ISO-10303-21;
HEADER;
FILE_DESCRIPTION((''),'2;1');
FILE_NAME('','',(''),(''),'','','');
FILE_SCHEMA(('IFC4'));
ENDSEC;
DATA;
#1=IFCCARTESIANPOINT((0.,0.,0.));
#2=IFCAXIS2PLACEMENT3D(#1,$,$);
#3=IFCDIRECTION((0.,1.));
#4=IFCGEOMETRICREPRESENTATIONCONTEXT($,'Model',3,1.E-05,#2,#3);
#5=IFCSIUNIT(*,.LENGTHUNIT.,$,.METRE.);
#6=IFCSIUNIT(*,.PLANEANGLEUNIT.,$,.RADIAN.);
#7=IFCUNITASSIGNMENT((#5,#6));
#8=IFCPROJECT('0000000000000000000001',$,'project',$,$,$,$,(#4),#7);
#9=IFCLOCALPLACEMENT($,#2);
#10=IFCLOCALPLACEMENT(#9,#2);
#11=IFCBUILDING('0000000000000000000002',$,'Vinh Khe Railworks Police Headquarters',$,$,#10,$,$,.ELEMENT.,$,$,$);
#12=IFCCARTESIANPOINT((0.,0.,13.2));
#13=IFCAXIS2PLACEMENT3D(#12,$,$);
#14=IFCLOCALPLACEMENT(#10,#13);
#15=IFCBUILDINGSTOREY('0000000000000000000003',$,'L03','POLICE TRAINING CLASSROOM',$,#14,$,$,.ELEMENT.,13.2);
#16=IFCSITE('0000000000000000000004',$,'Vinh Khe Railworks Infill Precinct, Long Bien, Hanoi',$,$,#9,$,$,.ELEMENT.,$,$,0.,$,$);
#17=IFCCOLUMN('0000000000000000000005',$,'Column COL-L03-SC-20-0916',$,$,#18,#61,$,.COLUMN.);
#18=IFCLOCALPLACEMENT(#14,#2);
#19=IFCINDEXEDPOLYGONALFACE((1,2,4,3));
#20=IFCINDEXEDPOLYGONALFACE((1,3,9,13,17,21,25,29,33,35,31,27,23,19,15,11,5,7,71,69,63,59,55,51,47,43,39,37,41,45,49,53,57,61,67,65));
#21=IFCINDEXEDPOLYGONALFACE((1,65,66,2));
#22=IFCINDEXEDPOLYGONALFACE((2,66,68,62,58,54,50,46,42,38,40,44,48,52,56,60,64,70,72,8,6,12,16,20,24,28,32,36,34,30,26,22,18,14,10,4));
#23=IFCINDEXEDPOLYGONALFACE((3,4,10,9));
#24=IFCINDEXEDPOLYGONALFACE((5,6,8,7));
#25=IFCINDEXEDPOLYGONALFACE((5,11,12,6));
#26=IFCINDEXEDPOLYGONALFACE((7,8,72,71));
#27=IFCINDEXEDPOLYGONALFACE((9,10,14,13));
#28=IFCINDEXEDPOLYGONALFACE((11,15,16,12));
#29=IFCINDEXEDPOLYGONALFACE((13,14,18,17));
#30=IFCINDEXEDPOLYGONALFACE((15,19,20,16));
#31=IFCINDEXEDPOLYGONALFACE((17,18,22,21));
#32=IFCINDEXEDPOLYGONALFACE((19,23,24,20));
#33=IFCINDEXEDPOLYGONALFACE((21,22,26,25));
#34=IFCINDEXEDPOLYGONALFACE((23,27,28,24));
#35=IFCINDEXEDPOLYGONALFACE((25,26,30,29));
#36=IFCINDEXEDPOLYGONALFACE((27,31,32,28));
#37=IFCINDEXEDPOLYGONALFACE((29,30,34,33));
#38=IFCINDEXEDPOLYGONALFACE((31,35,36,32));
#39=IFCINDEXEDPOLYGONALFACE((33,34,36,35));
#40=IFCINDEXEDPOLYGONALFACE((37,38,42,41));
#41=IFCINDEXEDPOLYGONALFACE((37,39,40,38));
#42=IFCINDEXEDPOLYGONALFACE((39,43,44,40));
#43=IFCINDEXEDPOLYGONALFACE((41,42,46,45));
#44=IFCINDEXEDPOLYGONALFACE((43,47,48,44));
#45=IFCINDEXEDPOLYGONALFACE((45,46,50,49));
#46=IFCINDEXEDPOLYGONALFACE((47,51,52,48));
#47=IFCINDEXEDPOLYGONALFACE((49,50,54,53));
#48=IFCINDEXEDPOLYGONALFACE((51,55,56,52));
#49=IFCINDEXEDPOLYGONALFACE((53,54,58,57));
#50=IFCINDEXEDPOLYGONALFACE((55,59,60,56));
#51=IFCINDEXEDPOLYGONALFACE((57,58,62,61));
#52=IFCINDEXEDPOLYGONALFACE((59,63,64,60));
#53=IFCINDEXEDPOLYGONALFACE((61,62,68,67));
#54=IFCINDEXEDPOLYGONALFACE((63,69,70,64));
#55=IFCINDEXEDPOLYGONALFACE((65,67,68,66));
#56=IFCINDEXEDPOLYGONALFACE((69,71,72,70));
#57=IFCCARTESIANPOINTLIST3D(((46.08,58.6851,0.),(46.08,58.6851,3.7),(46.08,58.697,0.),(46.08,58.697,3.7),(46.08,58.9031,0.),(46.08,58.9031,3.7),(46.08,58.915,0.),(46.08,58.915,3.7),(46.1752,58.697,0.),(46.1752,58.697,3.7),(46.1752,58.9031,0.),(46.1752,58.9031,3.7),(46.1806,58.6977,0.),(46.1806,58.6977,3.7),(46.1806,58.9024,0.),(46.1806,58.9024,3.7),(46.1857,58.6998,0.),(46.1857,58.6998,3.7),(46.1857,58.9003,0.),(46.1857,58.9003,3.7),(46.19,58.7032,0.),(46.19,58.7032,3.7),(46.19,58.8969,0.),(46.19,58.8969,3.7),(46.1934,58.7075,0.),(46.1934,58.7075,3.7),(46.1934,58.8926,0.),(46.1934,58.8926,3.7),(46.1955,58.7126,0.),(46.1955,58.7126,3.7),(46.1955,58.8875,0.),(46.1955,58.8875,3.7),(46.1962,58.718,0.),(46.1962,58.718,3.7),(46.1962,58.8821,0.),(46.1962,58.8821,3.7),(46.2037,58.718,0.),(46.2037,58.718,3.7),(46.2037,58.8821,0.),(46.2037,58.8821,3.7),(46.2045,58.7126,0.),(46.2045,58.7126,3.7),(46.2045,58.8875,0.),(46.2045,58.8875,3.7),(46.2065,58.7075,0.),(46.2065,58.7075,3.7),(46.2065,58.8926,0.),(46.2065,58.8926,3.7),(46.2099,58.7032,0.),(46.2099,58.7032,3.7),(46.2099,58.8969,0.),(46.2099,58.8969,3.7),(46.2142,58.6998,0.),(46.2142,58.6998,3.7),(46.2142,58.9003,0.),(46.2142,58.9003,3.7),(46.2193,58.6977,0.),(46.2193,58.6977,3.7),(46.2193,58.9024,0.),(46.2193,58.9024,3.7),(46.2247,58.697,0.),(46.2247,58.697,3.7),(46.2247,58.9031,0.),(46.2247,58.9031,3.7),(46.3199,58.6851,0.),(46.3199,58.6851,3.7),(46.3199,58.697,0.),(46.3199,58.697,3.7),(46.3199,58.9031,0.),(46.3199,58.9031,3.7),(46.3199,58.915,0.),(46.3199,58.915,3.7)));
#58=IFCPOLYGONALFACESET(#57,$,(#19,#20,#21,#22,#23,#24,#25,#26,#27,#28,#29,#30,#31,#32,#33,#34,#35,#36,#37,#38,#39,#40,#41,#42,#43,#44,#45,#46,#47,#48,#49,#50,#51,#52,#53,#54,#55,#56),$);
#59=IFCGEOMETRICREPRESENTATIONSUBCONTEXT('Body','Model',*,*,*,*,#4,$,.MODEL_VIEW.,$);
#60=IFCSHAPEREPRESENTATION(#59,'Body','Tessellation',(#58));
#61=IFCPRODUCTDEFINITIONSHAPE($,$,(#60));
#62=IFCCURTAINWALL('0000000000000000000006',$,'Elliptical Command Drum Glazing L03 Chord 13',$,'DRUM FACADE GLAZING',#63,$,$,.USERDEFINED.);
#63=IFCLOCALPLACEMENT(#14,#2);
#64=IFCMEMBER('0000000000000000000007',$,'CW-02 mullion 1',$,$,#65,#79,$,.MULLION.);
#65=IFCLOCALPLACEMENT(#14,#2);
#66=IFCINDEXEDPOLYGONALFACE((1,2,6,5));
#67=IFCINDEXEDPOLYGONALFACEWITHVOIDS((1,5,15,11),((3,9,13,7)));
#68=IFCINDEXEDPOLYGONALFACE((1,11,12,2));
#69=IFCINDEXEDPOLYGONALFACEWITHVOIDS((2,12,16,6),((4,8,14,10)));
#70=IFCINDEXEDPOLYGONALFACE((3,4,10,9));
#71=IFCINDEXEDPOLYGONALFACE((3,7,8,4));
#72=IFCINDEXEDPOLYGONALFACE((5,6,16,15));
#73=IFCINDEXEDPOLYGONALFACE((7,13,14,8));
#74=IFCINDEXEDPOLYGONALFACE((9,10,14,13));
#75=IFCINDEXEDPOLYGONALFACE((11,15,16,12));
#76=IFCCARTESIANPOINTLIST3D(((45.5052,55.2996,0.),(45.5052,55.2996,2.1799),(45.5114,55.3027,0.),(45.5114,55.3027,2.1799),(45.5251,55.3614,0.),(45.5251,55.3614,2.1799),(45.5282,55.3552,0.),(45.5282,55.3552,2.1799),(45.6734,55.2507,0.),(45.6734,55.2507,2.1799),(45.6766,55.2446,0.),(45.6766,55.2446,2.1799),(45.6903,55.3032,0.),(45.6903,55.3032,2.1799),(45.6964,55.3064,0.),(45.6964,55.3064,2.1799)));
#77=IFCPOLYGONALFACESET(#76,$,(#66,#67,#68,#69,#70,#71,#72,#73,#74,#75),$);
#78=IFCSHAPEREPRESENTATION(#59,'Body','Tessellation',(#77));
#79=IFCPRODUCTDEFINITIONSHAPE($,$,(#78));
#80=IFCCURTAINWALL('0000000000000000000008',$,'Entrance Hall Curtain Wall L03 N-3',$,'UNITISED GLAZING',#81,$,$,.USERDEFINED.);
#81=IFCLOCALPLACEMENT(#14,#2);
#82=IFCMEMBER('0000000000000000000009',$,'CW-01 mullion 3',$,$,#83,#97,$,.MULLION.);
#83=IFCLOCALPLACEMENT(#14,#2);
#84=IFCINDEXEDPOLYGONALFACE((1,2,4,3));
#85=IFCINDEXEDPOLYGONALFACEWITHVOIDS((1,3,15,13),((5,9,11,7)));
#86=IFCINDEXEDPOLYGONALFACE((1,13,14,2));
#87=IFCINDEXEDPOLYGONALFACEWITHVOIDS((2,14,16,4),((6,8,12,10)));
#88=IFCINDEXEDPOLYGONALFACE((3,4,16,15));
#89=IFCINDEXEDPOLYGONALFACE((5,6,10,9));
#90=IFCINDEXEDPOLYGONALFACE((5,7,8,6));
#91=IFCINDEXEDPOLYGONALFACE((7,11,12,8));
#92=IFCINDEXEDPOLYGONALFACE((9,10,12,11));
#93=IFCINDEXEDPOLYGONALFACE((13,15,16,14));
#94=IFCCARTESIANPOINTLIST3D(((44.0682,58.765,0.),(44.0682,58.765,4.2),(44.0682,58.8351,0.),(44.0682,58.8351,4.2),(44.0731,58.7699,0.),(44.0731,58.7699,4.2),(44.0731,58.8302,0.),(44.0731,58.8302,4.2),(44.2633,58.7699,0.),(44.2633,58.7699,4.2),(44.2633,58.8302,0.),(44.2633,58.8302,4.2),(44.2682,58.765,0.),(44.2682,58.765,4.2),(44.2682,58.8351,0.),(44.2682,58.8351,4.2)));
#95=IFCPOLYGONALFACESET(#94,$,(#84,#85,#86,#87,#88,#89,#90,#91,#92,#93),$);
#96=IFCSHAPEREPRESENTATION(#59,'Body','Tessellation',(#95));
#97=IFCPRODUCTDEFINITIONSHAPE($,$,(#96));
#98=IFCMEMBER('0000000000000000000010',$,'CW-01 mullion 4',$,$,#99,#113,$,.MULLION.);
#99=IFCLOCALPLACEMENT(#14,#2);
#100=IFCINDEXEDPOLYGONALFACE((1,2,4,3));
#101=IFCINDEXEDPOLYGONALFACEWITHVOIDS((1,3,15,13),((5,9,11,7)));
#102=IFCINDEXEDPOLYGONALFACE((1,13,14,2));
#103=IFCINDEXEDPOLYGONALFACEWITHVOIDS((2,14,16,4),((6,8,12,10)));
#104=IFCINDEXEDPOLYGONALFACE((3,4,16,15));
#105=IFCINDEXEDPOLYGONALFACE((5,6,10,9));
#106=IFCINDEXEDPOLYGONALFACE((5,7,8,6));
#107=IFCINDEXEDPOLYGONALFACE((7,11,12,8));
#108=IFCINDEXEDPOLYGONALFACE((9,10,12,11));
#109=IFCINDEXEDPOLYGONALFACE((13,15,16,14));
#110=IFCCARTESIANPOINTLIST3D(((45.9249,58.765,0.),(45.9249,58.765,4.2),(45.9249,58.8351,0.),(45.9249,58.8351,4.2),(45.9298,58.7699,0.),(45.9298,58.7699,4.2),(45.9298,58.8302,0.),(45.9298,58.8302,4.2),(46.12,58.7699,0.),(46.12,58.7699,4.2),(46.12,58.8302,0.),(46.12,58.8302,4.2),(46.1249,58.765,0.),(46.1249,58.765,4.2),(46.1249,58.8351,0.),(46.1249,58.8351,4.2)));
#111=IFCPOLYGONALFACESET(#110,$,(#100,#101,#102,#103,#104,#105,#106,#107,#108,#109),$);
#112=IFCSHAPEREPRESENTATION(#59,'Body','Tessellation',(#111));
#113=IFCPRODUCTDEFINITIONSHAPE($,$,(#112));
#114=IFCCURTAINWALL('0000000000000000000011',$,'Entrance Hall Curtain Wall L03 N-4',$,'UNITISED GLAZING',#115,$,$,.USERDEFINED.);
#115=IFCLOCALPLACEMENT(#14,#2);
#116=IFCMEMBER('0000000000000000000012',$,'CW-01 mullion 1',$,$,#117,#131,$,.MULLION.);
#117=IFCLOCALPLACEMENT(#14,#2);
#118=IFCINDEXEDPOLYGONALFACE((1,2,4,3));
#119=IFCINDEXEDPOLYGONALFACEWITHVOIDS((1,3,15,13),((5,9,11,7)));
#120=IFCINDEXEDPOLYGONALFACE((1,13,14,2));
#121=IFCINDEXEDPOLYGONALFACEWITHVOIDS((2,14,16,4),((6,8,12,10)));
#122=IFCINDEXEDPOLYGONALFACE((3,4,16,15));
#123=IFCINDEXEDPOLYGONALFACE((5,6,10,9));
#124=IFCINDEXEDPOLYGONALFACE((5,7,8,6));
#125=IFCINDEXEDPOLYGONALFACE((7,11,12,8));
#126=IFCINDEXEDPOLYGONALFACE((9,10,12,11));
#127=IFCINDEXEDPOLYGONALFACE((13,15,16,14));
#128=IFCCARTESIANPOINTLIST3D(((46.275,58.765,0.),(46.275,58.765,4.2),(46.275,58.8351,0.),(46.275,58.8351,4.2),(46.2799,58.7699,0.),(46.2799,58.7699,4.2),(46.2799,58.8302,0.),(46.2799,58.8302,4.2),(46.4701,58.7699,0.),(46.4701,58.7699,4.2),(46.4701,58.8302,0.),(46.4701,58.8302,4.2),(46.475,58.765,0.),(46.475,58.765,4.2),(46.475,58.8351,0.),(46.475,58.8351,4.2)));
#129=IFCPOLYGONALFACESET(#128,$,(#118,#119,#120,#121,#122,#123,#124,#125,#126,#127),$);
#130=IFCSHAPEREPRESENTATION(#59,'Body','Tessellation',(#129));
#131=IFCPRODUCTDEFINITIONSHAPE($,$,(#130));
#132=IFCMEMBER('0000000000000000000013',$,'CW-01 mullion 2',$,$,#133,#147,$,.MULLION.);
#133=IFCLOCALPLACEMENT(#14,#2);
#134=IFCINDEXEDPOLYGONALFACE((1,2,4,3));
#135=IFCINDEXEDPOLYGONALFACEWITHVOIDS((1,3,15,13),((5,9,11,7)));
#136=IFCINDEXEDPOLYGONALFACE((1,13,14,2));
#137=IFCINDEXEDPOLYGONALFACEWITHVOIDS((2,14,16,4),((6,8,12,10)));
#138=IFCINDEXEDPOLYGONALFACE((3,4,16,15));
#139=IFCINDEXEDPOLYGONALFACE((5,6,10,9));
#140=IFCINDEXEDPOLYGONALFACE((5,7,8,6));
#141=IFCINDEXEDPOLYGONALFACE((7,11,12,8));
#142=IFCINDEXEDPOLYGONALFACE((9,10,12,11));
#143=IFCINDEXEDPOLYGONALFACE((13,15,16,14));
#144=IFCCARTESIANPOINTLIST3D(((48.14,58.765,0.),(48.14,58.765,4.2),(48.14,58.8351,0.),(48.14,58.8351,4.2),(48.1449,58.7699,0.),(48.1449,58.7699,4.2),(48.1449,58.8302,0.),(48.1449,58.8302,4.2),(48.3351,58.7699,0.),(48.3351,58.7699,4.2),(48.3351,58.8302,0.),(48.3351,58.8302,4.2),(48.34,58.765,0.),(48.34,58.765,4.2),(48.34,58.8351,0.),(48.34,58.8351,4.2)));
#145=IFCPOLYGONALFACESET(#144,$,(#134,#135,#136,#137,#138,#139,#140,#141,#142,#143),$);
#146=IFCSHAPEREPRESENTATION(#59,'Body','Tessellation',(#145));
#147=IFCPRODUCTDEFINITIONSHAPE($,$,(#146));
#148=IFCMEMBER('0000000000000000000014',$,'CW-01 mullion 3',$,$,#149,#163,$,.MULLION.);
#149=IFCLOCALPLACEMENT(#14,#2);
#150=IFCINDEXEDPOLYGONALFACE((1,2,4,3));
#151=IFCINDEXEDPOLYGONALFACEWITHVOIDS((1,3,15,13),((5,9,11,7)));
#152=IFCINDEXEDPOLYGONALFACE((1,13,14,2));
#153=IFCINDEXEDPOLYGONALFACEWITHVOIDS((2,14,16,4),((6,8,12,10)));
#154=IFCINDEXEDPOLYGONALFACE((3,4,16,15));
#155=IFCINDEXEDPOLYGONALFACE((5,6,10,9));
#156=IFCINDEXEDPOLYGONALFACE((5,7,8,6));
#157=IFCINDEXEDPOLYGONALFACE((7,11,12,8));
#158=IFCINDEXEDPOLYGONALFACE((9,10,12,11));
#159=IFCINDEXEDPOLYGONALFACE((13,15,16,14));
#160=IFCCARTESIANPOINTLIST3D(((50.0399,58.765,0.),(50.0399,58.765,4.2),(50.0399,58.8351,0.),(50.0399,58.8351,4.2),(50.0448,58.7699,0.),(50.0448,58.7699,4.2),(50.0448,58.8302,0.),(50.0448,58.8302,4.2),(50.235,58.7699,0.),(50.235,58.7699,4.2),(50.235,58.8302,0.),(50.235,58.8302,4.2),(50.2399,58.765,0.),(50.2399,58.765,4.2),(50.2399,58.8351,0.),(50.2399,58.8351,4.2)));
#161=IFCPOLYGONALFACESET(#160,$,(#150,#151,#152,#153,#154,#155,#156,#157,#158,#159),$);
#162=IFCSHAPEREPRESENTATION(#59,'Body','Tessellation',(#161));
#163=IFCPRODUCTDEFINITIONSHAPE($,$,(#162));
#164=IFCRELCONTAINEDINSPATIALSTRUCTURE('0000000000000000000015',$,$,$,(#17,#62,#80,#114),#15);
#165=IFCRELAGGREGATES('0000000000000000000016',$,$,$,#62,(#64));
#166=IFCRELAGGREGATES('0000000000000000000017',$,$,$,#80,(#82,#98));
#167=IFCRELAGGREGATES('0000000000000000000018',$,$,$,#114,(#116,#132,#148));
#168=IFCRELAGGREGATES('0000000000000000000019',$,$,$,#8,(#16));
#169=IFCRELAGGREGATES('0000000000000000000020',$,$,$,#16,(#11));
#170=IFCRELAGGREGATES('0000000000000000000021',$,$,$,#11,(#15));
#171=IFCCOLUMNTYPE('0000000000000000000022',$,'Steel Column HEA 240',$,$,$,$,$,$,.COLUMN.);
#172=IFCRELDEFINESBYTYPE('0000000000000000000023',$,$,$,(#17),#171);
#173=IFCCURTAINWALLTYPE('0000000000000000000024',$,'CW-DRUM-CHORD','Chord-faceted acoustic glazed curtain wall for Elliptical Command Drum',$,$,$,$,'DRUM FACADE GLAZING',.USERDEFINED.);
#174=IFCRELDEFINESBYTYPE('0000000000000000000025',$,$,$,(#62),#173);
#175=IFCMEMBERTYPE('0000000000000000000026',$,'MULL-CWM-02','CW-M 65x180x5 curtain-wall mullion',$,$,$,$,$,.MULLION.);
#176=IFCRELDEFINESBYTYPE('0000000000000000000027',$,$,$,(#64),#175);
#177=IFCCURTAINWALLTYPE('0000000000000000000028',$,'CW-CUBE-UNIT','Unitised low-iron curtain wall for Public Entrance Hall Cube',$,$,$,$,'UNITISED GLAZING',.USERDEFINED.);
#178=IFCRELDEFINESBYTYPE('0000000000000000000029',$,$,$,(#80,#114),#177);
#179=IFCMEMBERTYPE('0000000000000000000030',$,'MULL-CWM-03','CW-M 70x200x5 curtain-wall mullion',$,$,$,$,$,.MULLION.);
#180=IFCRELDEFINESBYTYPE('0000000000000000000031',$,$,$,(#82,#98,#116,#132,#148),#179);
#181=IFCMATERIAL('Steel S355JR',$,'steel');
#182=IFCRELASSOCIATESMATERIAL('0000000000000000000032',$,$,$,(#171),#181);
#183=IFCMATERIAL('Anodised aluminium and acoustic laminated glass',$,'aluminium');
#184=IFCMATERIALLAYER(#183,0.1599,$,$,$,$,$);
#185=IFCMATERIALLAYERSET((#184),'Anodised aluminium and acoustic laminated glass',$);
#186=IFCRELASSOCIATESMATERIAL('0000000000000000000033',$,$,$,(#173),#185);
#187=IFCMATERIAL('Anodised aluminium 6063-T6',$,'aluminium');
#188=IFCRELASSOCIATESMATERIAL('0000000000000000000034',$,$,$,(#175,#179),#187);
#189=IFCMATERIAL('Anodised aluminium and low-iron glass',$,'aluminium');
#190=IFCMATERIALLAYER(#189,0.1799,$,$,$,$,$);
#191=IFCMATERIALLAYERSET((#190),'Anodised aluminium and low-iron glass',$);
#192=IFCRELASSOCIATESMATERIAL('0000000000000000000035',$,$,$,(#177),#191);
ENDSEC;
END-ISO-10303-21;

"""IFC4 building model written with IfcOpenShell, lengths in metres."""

from ifc_helpers import new_model, si_unit, direction, frame, origin, origin_2d, place, context, subcontext, project, spatial, hollow_rectangle, i_section, extrude, material, layer, layer_set, material_profile, profile_set, type_object, element, aggregate, save


model = new_model("IFC4")

# Units and contexts
model_context = context("Model", 3, precision=1e-05, world=origin(), true_north=direction((0.0, 1.0)))
body_context = subcontext(model_context, "Body", "Model", "MODEL_VIEW")
ifc_project = project(units=[si_unit("LENGTHUNIT", "METRE"), si_unit("PLANEANGLEUNIT", "RADIAN")], contexts=[model_context])

# Site, building, storey
site_placement = place(None, origin())
site = spatial("IfcSite", under=ifc_project, at=site_placement, Name="Vinh Khe Railworks Infill Precinct, Long Bien, Hanoi", CompositionType="ELEMENT", RefElevation=0.0)
building_placement = place(site_placement, origin())
building = spatial("IfcBuilding", under=site, at=building_placement, Name="Vinh Khe Railworks Police Headquarters", CompositionType="ELEMENT")
storey_placement = place(building_placement, frame((0.0, 0.0, 13.2)))
storey = spatial("IfcBuildingStorey", under=building, at=storey_placement, Name="L03", Description="POLICE TRAINING CLASSROOM", CompositionType="ELEMENT", Elevation=13.2)

# Column
ifc_material_1 = material(Name="Steel S355JR", Category="steel")
ifc_material_profile_1 = material_profile(ifc_material_1, i_section(OverallWidth=0.24, OverallDepth=0.23, WebThickness=0.0076, FlangeThickness=0.012, FilletRadius=0.021, at=origin_2d()), Name="HEA 240")
ifc_profile_set_1 = profile_set([ifc_material_profile_1], Name="Steel S355JR")
column_type = type_object("IfcColumnType", Name="Steel Column HEA 240", PredefinedType="COLUMN", material=ifc_profile_set_1)
column_placement = place(storey_placement, frame((46.2, 58.8, 0.0), z_axis=(0.0, 0.0, 1.0), x_axis=(1.0, 0.0, 0.0)))
element("IfcColumn", 1, at=column_placement, inside=storey, type_object=column_type, Name="Column COL-L03-SC-20-0916", PredefinedType="COLUMN", context=body_context, shape_type="SweptSolid", body=[
    extrude(i_section(OverallWidth=0.24, OverallDepth=0.23, WebThickness=0.0076, FlangeThickness=0.012, FilletRadius=0.021, at=origin_2d()), origin(), (0.0, 0.0, 1.0), 3.7),
])

# Curtain wall, member
ifc_material_2 = material(Name="Anodised aluminium and acoustic laminated glass", Category="aluminium")
ifc_layer_1 = layer(ifc_material_2, 0.1599)
ifc_layer_set_1 = layer_set([ifc_layer_1], Name="Anodised aluminium and acoustic laminated glass")
curtain_wall_type_1 = type_object("IfcCurtainWallType", Name="CW-DRUM-CHORD", Description="Chord-faceted acoustic glazed curtain wall for Elliptical Command Drum", ElementType="DRUM FACADE GLAZING", PredefinedType="USERDEFINED", material=ifc_layer_set_1)
curtain_wall_1_placement = place(storey_placement, origin())
curtain_wall_1 = element("IfcCurtainWall", 2, at=curtain_wall_1_placement, inside=storey, type_object=curtain_wall_type_1, Name="Elliptical Command Drum Glazing L03 Chord 13", ObjectType="DRUM FACADE GLAZING", PredefinedType="USERDEFINED")
ifc_material_3 = material(Name="Anodised aluminium 6063-T6", Category="aluminium")
ifc_material_profile_2 = material_profile(ifc_material_3, hollow_rectangle(XDim=0.0649, YDim=0.1799, WallThickness=0.0049, at=origin_2d()), Name="CW-M 65x180x5")
ifc_profile_set_2 = profile_set([ifc_material_profile_2], Name="Anodised aluminium 6063-T6")
member_type_1 = type_object("IfcMemberType", Name="MULL-CWM-02", Description="CW-M 65x180x5 curtain-wall mullion", PredefinedType="MULLION", material=ifc_profile_set_2)
member_1_placement = place(storey_placement, frame((45.6008, 55.303, 0.0), z_axis=(0.0, 0.0, 1.0), x_axis=(-0.305579, -0.952167, 0.0)))
member_1 = element("IfcMember", 3, at=member_1_placement, type_object=member_type_1, Name="CW-02 mullion 1", PredefinedType="MULLION", context=body_context, shape_type="SweptSolid", body=[
    extrude(hollow_rectangle(XDim=0.0649, YDim=0.1799, WallThickness=0.0049, at=origin_2d()), origin(), (0.0, 0.0, 1.0), 2.1799),
])

# Curtain walls, members
ifc_material_4 = material(Name="Anodised aluminium and low-iron glass", Category="aluminium")
ifc_layer_2 = layer(ifc_material_4, 0.1799)
ifc_layer_set_2 = layer_set([ifc_layer_2], Name="Anodised aluminium and low-iron glass")
curtain_wall_type_2 = type_object("IfcCurtainWallType", Name="CW-CUBE-UNIT", Description="Unitised low-iron curtain wall for Public Entrance Hall Cube", ElementType="UNITISED GLAZING", PredefinedType="USERDEFINED", material=ifc_layer_set_2)
curtain_wall_2_placement = place(storey_placement, origin())
curtain_wall_2 = element("IfcCurtainWall", 4, at=curtain_wall_2_placement, inside=storey, type_object=curtain_wall_type_2, Name="Entrance Hall Curtain Wall L03 N-3", ObjectType="UNITISED GLAZING", PredefinedType="USERDEFINED")
ifc_material_profile_3 = material_profile(ifc_material_3, hollow_rectangle(XDim=0.0701, YDim=0.2, WallThickness=0.0049, at=origin_2d()), Name="CW-M 70x200x5")
ifc_profile_set_3 = profile_set([ifc_material_profile_3], Name="Anodised aluminium 6063-T6")
member_type_2 = type_object("IfcMemberType", Name="MULL-CWM-03", Description="CW-M 70x200x5 curtain-wall mullion", PredefinedType="MULLION", material=ifc_profile_set_3)
member_2_placement = place(storey_placement, frame((44.1682, 58.8, 0.0), z_axis=(0.0, 0.0, 1.0), x_axis=(0.0, 1.0, 0.0)))
member_2 = element("IfcMember", 5, at=member_2_placement, type_object=member_type_2, Name="CW-01 mullion 3", PredefinedType="MULLION", context=body_context, shape_type="SweptSolid", body=[
    extrude(hollow_rectangle(XDim=0.0701, YDim=0.2, WallThickness=0.0049, at=origin_2d()), origin(), (0.0, 0.0, 1.0), 4.2),
])
member_3_placement = place(storey_placement, frame((46.0249, 58.8, 0.0), z_axis=(0.0, 0.0, 1.0), x_axis=(0.0, 1.0, 0.0)))
member_3 = element("IfcMember", 6, at=member_3_placement, type_object=member_type_2, Name="CW-01 mullion 4", PredefinedType="MULLION", context=body_context, shape_type="SweptSolid", body=[
    extrude(hollow_rectangle(XDim=0.0701, YDim=0.2, WallThickness=0.0049, at=origin_2d()), origin(), (0.0, 0.0, 1.0), 4.2),
])
curtain_wall_3_placement = place(storey_placement, origin())
curtain_wall_3 = element("IfcCurtainWall", 7, at=curtain_wall_3_placement, inside=storey, type_object=curtain_wall_type_2, Name="Entrance Hall Curtain Wall L03 N-4", ObjectType="UNITISED GLAZING", PredefinedType="USERDEFINED")
member_4_placement = place(storey_placement, frame((46.375, 58.8, 0.0), z_axis=(0.0, 0.0, 1.0), x_axis=(0.0, 1.0, 0.0)))
member_4 = element("IfcMember", 8, at=member_4_placement, type_object=member_type_2, Name="CW-01 mullion 1", PredefinedType="MULLION", context=body_context, shape_type="SweptSolid", body=[
    extrude(hollow_rectangle(XDim=0.0701, YDim=0.2, WallThickness=0.0049, at=origin_2d()), origin(), (0.0, 0.0, 1.0), 4.2),
])
member_5_placement = place(storey_placement, frame((48.24, 58.8, 0.0), z_axis=(0.0, 0.0, 1.0), x_axis=(0.0, 1.0, 0.0)))
member_5 = element("IfcMember", 9, at=member_5_placement, type_object=member_type_2, Name="CW-01 mullion 2", PredefinedType="MULLION", context=body_context, shape_type="SweptSolid", body=[
    extrude(hollow_rectangle(XDim=0.0701, YDim=0.2, WallThickness=0.0049, at=origin_2d()), origin(), (0.0, 0.0, 1.0), 4.2),
])
member_6_placement = place(storey_placement, frame((50.1399, 58.8, 0.0), z_axis=(0.0, 0.0, 1.0), x_axis=(0.0, 1.0, 0.0)))
member_6 = element("IfcMember", 10, at=member_6_placement, type_object=member_type_2, Name="CW-01 mullion 3", PredefinedType="MULLION", context=body_context, shape_type="SweptSolid", body=[
    extrude(hollow_rectangle(XDim=0.0701, YDim=0.2, WallThickness=0.0049, at=origin_2d()), origin(), (0.0, 0.0, 1.0), 4.2),
])

aggregate(curtain_wall_1, [member_1])
aggregate(curtain_wall_2, [member_2, member_3])
aggregate(curtain_wall_3, [member_4, member_5, member_6])

save(model, "model.ifc")
